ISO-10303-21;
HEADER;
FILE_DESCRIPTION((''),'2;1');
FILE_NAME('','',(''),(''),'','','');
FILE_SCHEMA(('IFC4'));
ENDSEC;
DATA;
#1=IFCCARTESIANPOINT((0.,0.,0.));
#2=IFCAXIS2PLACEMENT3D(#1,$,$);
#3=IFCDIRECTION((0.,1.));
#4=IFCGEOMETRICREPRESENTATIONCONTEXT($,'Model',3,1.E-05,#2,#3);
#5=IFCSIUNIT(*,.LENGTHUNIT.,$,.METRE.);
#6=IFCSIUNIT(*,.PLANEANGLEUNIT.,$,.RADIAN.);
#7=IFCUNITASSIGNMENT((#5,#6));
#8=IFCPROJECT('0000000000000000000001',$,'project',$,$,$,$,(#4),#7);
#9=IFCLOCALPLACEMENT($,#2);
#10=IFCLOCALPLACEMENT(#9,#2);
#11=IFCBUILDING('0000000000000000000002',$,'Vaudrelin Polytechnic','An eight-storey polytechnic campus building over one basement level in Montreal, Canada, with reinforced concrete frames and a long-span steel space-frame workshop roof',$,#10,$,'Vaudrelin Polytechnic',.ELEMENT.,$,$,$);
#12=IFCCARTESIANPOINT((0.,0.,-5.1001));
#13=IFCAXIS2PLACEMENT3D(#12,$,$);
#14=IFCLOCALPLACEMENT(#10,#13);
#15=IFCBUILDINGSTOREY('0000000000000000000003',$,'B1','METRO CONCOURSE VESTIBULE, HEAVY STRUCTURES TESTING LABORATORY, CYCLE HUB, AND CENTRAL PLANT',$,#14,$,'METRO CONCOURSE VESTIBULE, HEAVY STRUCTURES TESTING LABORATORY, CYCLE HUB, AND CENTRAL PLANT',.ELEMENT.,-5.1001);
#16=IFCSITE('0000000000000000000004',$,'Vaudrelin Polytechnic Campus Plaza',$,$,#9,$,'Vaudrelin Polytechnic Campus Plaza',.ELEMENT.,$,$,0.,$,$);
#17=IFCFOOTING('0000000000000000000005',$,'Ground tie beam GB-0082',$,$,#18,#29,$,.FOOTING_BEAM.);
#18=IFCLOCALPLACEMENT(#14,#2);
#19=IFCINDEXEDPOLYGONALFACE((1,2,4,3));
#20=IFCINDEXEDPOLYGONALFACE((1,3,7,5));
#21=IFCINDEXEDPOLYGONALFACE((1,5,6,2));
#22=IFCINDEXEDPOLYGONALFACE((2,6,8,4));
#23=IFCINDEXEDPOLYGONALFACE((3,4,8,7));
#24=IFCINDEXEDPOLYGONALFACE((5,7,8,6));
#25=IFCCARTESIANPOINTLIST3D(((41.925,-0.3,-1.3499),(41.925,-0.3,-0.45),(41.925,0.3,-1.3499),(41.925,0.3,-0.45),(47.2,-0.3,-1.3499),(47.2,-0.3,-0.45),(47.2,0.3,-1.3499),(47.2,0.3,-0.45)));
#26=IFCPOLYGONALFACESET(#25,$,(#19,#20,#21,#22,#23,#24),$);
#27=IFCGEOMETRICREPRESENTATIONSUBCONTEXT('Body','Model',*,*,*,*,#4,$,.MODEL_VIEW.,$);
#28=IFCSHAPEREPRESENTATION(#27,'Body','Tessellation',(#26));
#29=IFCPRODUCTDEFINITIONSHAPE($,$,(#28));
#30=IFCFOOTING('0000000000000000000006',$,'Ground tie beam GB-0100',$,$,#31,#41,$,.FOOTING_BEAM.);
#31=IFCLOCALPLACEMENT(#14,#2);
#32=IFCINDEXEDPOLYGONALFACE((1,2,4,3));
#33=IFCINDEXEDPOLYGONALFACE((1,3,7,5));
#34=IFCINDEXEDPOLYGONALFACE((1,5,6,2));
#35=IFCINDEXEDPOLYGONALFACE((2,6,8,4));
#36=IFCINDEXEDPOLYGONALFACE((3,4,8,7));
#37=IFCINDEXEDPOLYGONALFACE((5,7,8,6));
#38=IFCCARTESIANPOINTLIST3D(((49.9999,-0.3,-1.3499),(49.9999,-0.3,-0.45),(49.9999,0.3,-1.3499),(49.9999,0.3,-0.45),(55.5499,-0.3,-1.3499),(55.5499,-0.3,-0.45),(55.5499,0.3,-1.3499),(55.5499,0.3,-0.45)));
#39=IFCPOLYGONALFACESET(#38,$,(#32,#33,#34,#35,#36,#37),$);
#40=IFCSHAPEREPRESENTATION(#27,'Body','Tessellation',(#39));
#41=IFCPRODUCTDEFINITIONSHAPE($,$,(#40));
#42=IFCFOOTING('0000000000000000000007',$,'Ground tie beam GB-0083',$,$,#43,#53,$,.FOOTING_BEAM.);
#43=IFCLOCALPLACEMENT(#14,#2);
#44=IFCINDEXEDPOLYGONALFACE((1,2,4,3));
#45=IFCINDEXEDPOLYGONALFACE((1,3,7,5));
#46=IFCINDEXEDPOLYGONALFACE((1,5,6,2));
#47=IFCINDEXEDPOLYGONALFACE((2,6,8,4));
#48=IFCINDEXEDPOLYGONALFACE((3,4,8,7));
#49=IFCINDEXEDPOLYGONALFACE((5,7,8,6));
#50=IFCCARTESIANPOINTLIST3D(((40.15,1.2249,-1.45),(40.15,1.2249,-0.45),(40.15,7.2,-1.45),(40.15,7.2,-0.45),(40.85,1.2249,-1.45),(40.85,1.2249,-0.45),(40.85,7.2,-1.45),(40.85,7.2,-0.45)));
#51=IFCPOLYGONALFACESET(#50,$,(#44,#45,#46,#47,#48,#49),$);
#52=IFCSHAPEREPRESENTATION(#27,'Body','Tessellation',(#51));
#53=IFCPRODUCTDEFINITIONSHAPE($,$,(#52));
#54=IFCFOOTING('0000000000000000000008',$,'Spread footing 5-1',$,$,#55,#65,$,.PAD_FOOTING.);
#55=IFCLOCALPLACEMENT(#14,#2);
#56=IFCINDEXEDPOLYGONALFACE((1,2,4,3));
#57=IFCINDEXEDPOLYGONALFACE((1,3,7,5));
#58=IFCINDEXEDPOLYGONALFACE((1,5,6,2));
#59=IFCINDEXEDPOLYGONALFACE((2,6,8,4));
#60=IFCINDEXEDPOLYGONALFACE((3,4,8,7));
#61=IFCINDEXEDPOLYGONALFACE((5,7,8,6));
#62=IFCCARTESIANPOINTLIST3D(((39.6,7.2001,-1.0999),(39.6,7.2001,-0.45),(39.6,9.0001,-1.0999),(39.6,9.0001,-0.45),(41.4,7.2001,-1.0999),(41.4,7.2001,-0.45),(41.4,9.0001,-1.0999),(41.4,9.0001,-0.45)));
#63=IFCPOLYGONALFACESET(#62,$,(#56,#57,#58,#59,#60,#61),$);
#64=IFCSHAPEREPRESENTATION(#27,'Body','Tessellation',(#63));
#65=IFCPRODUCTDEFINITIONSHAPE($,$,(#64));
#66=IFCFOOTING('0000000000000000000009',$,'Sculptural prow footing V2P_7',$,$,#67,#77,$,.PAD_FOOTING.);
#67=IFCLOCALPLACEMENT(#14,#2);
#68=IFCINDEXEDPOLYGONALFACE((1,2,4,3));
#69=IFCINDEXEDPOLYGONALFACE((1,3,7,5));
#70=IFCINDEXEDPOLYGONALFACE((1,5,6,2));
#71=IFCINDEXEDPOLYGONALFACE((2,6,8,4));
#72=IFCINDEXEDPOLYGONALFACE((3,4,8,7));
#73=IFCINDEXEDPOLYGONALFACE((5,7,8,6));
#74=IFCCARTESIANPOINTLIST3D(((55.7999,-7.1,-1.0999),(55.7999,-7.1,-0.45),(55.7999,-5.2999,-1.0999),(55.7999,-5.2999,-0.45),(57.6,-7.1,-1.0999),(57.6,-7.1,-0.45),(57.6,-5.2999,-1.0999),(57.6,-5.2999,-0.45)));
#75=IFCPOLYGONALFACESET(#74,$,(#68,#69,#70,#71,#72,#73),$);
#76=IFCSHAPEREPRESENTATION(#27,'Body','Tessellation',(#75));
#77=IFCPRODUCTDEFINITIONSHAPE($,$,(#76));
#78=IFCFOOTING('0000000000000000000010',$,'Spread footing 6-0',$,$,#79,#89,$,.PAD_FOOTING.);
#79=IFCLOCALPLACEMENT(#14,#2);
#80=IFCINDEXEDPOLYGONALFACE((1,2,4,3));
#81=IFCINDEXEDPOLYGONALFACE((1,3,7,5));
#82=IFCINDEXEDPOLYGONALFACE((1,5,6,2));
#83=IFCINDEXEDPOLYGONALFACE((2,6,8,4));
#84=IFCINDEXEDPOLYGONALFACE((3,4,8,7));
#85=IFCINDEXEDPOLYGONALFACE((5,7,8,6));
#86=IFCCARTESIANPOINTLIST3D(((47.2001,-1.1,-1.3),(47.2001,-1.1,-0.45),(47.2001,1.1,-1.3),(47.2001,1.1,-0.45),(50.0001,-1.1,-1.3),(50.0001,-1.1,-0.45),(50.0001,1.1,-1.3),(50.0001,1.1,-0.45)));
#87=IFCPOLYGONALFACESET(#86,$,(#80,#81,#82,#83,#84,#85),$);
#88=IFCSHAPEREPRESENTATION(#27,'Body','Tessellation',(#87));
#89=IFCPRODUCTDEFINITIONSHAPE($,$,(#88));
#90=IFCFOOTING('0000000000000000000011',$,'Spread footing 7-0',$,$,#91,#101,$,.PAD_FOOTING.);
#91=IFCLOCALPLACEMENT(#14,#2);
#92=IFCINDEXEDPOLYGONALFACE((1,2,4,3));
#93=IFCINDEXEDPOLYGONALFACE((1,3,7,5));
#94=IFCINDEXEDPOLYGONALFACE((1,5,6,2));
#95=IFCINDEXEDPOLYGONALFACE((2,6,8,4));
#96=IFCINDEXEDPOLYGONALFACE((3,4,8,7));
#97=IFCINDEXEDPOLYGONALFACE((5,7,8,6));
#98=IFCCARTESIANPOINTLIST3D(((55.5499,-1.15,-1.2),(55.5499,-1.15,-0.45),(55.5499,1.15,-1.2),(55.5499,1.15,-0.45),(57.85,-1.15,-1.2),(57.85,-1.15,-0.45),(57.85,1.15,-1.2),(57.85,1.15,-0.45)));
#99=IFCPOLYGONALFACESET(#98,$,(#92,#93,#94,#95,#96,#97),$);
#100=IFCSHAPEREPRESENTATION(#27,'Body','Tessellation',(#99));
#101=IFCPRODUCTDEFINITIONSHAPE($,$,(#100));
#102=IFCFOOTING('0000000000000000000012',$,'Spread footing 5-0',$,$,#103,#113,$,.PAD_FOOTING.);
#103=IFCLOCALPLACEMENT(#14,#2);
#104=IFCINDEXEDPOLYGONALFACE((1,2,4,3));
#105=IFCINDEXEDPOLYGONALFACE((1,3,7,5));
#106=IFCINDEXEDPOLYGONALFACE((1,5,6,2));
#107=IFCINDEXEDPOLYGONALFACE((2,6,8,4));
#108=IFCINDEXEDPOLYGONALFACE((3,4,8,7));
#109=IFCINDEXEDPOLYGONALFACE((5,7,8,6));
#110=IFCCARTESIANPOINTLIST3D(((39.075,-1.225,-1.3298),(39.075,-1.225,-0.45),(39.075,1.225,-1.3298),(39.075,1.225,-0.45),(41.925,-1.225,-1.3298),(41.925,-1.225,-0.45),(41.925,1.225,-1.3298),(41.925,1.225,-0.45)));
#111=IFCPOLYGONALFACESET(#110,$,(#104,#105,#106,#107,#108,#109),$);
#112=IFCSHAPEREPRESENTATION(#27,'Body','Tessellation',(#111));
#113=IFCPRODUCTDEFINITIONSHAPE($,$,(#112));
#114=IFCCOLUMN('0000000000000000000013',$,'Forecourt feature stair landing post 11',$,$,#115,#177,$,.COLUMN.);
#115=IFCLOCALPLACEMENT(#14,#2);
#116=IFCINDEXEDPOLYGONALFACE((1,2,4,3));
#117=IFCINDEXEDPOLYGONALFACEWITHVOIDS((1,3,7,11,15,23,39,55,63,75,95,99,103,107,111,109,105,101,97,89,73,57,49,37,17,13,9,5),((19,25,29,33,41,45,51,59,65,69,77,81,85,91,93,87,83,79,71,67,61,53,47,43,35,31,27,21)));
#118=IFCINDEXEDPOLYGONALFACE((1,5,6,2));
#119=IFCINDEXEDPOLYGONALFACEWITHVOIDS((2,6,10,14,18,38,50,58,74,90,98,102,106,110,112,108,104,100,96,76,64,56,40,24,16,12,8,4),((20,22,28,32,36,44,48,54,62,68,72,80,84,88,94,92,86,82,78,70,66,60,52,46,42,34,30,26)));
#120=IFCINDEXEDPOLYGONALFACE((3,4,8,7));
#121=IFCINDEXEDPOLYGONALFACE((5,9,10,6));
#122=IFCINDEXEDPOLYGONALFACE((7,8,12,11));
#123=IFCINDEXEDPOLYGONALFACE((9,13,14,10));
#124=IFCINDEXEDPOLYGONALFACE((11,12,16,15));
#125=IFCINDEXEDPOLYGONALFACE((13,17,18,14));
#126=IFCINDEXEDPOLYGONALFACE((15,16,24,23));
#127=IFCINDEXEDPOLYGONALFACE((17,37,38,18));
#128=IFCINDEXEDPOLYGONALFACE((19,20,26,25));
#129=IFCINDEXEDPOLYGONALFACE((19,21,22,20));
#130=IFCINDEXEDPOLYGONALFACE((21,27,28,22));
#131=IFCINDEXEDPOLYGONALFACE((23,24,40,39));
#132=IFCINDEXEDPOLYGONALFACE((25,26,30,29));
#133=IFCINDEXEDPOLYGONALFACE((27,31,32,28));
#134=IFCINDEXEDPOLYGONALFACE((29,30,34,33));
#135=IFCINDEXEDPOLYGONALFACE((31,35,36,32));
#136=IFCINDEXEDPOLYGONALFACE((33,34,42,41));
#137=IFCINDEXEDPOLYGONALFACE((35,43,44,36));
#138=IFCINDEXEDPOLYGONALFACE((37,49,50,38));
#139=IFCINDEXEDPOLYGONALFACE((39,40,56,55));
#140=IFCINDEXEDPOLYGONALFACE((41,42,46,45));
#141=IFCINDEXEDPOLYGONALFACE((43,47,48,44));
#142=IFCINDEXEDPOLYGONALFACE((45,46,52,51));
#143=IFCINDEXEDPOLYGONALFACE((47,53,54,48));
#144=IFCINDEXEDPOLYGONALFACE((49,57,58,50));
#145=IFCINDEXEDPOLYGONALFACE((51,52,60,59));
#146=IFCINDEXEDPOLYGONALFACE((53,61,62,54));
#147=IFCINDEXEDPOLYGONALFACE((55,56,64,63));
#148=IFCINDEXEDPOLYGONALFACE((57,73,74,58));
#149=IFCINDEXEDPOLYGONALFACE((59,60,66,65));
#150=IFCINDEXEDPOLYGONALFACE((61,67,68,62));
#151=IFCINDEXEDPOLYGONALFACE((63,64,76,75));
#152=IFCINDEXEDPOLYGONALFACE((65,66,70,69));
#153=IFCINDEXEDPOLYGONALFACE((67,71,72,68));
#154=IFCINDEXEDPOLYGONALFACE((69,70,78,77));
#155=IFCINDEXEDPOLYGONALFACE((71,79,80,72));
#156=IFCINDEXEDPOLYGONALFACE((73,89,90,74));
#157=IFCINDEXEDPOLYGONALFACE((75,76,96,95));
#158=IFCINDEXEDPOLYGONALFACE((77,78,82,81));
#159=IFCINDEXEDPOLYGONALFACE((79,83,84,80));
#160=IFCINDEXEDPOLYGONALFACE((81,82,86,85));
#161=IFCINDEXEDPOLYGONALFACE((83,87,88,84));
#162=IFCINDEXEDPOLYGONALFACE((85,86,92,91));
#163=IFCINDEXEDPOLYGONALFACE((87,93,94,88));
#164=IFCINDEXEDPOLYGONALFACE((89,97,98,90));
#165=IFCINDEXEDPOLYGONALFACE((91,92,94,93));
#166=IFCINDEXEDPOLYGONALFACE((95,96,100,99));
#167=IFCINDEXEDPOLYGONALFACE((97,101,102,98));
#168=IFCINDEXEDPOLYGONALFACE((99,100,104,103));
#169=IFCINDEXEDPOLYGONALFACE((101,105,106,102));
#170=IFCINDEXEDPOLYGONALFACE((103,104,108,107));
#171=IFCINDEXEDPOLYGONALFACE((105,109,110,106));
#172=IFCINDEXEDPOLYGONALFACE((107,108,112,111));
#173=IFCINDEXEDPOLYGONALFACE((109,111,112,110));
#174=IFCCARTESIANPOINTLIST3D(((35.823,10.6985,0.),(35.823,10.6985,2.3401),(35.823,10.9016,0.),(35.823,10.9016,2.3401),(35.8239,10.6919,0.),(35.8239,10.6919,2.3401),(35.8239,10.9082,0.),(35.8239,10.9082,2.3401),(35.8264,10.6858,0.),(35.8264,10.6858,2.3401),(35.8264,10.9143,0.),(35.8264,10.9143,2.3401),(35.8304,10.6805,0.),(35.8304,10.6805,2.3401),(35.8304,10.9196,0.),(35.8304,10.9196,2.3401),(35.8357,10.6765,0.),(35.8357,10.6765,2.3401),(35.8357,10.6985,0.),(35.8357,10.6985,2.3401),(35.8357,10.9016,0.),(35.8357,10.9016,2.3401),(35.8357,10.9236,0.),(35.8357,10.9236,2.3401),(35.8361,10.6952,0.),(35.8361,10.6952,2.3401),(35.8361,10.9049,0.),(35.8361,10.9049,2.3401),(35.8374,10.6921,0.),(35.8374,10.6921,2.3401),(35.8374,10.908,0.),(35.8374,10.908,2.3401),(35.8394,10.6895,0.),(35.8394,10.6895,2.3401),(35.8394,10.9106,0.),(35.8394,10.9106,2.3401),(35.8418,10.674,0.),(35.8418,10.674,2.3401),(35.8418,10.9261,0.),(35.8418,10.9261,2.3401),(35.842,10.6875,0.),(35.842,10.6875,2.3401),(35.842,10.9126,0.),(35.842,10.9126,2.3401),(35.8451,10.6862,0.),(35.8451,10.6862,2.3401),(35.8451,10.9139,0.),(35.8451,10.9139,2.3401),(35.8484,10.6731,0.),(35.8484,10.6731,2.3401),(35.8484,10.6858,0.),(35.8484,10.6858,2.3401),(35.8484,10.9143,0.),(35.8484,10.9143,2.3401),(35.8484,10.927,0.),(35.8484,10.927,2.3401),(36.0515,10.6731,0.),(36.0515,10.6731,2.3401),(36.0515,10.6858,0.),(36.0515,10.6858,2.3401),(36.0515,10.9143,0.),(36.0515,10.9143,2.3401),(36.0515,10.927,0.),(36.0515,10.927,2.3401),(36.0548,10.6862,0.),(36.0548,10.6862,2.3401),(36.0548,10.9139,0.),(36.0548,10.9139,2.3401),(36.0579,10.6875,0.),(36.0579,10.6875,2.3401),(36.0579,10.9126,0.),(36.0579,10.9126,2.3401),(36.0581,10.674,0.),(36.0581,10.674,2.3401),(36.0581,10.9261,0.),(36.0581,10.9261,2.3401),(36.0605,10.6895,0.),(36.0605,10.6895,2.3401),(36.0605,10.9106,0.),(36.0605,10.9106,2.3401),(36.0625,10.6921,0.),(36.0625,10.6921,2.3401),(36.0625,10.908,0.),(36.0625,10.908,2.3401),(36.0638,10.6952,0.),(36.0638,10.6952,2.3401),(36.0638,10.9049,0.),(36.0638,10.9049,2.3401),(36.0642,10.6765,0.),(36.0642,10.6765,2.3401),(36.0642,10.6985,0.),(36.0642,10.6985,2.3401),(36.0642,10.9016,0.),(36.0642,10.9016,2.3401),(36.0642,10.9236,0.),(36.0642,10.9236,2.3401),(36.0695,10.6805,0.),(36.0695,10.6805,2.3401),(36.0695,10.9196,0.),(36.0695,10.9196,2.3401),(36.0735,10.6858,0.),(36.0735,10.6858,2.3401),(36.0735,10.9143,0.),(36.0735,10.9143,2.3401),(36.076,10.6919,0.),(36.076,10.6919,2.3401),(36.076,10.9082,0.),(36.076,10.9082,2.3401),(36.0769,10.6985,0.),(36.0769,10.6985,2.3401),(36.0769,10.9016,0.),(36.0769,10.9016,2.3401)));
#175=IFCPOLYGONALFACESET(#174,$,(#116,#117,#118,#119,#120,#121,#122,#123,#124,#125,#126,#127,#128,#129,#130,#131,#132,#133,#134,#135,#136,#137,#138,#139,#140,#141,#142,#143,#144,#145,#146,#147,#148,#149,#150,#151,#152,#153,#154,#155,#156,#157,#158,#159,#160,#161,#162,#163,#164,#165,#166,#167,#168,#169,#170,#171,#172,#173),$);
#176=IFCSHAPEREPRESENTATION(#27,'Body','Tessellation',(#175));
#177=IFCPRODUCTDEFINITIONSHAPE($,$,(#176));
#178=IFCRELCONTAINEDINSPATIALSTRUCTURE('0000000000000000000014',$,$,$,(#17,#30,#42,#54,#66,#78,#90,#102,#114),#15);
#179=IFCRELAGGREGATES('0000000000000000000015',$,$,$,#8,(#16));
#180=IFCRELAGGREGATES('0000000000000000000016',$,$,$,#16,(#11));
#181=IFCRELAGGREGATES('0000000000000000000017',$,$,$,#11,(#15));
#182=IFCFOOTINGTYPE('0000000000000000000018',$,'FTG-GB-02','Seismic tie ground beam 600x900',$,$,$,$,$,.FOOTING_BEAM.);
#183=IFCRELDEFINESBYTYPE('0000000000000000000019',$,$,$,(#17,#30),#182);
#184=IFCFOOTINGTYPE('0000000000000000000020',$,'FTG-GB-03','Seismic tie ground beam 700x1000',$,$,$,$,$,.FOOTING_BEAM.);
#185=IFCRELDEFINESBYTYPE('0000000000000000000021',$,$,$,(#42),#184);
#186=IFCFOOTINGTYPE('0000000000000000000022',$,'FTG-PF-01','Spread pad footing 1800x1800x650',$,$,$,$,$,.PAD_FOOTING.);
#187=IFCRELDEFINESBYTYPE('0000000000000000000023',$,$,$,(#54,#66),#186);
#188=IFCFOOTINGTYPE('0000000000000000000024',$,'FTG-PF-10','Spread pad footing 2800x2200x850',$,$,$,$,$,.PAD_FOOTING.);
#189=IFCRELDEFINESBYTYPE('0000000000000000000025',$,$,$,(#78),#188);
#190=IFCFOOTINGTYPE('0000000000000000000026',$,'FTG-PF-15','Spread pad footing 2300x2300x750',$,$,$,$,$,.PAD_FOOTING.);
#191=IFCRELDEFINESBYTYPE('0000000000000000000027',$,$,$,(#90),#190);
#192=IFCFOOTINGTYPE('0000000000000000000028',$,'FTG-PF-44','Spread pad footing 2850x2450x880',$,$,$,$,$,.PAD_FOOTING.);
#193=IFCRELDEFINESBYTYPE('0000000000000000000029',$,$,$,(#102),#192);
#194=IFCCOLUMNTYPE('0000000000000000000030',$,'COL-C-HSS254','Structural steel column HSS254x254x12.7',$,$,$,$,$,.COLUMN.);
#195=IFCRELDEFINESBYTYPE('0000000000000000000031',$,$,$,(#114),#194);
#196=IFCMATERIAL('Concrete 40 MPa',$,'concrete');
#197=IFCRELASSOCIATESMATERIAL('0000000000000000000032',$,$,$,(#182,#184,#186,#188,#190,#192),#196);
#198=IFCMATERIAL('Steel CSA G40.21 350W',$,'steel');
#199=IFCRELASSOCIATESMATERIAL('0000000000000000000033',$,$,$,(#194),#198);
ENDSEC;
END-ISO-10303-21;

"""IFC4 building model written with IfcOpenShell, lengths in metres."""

from ifc_helpers import new_model, si_unit, direction, frame, origin, origin_2d, place, context, subcontext, project, spatial, rectangle, hollow_rectangle, extrude, material, material_profile, profile_set, type_object, element, save


model = new_model("IFC4")

# Units and contexts
model_context = context("Model", 3, precision=1e-05, world=origin(), true_north=direction((0.0, 1.0)))
body_context = subcontext(model_context, "Body", "Model", "MODEL_VIEW")
ifc_project = project(units=[si_unit("LENGTHUNIT", "METRE"), si_unit("PLANEANGLEUNIT", "RADIAN")], contexts=[model_context])

# Site, building, storey
site_placement = place(None, origin())
site = spatial("IfcSite", under=ifc_project, at=site_placement, Name="Vaudrelin Polytechnic Campus Plaza", LongName="Vaudrelin Polytechnic Campus Plaza", CompositionType="ELEMENT", RefElevation=0.0)
building_placement = place(site_placement, origin())
building = spatial("IfcBuilding", under=site, at=building_placement, Name="Vaudrelin Polytechnic", Description="An eight-storey polytechnic campus building over one basement level in Montreal, Canada, with reinforced concrete frames and a long-span steel space-frame workshop roof", LongName="Vaudrelin Polytechnic", CompositionType="ELEMENT")
storey_placement = place(building_placement, frame((0.0, 0.0, -5.1001)))
storey = spatial("IfcBuildingStorey", under=building, at=storey_placement, Name="B1", Description="METRO CONCOURSE VESTIBULE, HEAVY STRUCTURES TESTING LABORATORY, CYCLE HUB, AND CENTRAL PLANT", LongName="METRO CONCOURSE VESTIBULE, HEAVY STRUCTURES TESTING LABORATORY, CYCLE HUB, AND CENTRAL PLANT", CompositionType="ELEMENT", Elevation=-5.1001)

# Footings
ifc_material_1 = material(Name="Concrete 40 MPa", Category="concrete")
footing_type_1 = type_object("IfcFootingType", Name="FTG-GB-02", Description="Seismic tie ground beam 600x900", PredefinedType="FOOTING_BEAM", material=ifc_material_1)
footing_1_placement = place(storey_placement, frame((44.5625, 0.0, -1.3499), z_axis=(0.0, 0.0, 1.0), x_axis=(1.0, 0.0, 0.0)))
element("IfcFooting", 1, at=footing_1_placement, inside=storey, type_object=footing_type_1, Name="Ground tie beam GB-0082", PredefinedType="FOOTING_BEAM", context=body_context, shape_type="SweptSolid", body=[
    extrude(rectangle(XDim=5.2749, YDim=0.6001, at=origin_2d()), origin(), (0.0, 0.0, 1.0), 0.8999),
])
footing_2_placement = place(storey_placement, frame((52.7749, 0.0, -1.3499), z_axis=(0.0, 0.0, 1.0), x_axis=(1.0, 0.0, 0.0)))
element("IfcFooting", 2, at=footing_2_placement, inside=storey, type_object=footing_type_1, Name="Ground tie beam GB-0100", PredefinedType="FOOTING_BEAM", context=body_context, shape_type="SweptSolid", body=[
    extrude(rectangle(XDim=5.55, YDim=0.6001, at=origin_2d()), origin(), (0.0, 0.0, 1.0), 0.8999),
])
footing_type_2 = type_object("IfcFootingType", Name="FTG-GB-03", Description="Seismic tie ground beam 700x1000", PredefinedType="FOOTING_BEAM", material=ifc_material_1)
footing_3_placement = place(storey_placement, frame((40.5, 4.2124, -1.45), z_axis=(0.0, 0.0, 1.0), x_axis=(1.0, 0.0, 0.0)))
element("IfcFooting", 3, at=footing_3_placement, inside=storey, type_object=footing_type_2, Name="Ground tie beam GB-0083", PredefinedType="FOOTING_BEAM", context=body_context, shape_type="SweptSolid", body=[
    extrude(rectangle(XDim=0.7, YDim=5.9751, at=origin_2d()), origin(), (0.0, 0.0, 1.0), 1.0),
])
footing_type_3 = type_object("IfcFootingType", Name="FTG-PF-01", Description="Spread pad footing 1800x1800x650", PredefinedType="PAD_FOOTING", material=ifc_material_1)
for number, where, z_axis, x_axis, name in (
    (4, (40.5, 8.1001, -1.0999), (0.0, 0.0, 1.0), (1.0, 0.0, 0.0), "Spread footing 5-1"),
    (5, (56.7, -6.2, -1.0999), (0.0, 0.0, 1.0), (1.0, 0.0, 0.0), "Sculptural prow footing V2P_7"),
):
    element("IfcFooting", number, at=place(storey_placement, frame(where, z_axis=z_axis, x_axis=x_axis)), inside=storey, type_object=footing_type_3, Name=name, PredefinedType="PAD_FOOTING", context=body_context, shape_type="SweptSolid", body=[
        extrude(rectangle(XDim=1.8, YDim=1.8, at=origin_2d()), origin(), (0.0, 0.0, 1.0), 0.6499),
    ])
footing_type_4 = type_object("IfcFootingType", Name="FTG-PF-10", Description="Spread pad footing 2800x2200x850", PredefinedType="PAD_FOOTING", material=ifc_material_1)
footing_4_placement = place(storey_placement, frame((48.6001, 0.0, -1.3), z_axis=(0.0, 0.0, 1.0), x_axis=(1.0, 0.0, 0.0)))
element("IfcFooting", 6, at=footing_4_placement, inside=storey, type_object=footing_type_4, Name="Spread footing 6-0", PredefinedType="PAD_FOOTING", context=body_context, shape_type="SweptSolid", body=[
    extrude(rectangle(XDim=2.8, YDim=2.2, at=origin_2d()), origin(), (0.0, 0.0, 1.0), 0.8501),
])
footing_type_5 = type_object("IfcFootingType", Name="FTG-PF-15", Description="Spread pad footing 2300x2300x750", PredefinedType="PAD_FOOTING", material=ifc_material_1)
footing_5_placement = place(storey_placement, frame((56.7, 0.0, -1.2), z_axis=(0.0, 0.0, 1.0), x_axis=(1.0, 0.0, 0.0)))
element("IfcFooting", 7, at=footing_5_placement, inside=storey, type_object=footing_type_5, Name="Spread footing 7-0", PredefinedType="PAD_FOOTING", context=body_context, shape_type="SweptSolid", body=[
    extrude(rectangle(XDim=2.3, YDim=2.3, at=origin_2d()), origin(), (0.0, 0.0, 1.0), 0.75),
])
footing_type_6 = type_object("IfcFootingType", Name="FTG-PF-44", Description="Spread pad footing 2850x2450x880", PredefinedType="PAD_FOOTING", material=ifc_material_1)
footing_6_placement = place(storey_placement, frame((40.5, 0.0, -1.3298), z_axis=(0.0, 0.0, 1.0), x_axis=(1.0, 0.0, 0.0)))
element("IfcFooting", 8, at=footing_6_placement, inside=storey, type_object=footing_type_6, Name="Spread footing 5-0", PredefinedType="PAD_FOOTING", context=body_context, shape_type="SweptSolid", body=[
    extrude(rectangle(XDim=2.8501, YDim=2.45, at=origin_2d()), origin(), (0.0, 0.0, 1.0), 0.8799),
])

# Column
ifc_material_2 = material(Name="Steel CSA G40.21 350W", Category="steel")
ifc_material_profile_1 = material_profile(ifc_material_2, hollow_rectangle(XDim=0.2539, YDim=0.2539, WallThickness=0.0127, InnerFilletRadius=0.0127, OuterFilletRadius=0.0254, at=origin_2d()), Name="HSS254x254x12.7")
ifc_profile_set_1 = profile_set([ifc_material_profile_1], Name="Steel CSA G40.21 350W")
column_type_1 = type_object("IfcColumnType", Name="COL-C-HSS254", Description="Structural steel column HSS254x254x12.7", PredefinedType="COLUMN", material=ifc_profile_set_1)
column_1_placement = place(storey_placement, frame((35.95, 10.8, 0.0), z_axis=(0.0, 0.0, 1.0), x_axis=(1.0, 0.0, 0.0)))
element("IfcColumn", 9, at=column_1_placement, inside=storey, type_object=column_type_1, Name="Forecourt feature stair landing post 11", PredefinedType="COLUMN", context=body_context, shape_type="SweptSolid", body=[
    extrude(hollow_rectangle(XDim=0.2539, YDim=0.2539, WallThickness=0.0127, InnerFilletRadius=0.0127, OuterFilletRadius=0.0254, at=origin_2d()), origin(), (0.0, 0.0, 1.0), 2.3401),
])

save(model, "model.ifc")
